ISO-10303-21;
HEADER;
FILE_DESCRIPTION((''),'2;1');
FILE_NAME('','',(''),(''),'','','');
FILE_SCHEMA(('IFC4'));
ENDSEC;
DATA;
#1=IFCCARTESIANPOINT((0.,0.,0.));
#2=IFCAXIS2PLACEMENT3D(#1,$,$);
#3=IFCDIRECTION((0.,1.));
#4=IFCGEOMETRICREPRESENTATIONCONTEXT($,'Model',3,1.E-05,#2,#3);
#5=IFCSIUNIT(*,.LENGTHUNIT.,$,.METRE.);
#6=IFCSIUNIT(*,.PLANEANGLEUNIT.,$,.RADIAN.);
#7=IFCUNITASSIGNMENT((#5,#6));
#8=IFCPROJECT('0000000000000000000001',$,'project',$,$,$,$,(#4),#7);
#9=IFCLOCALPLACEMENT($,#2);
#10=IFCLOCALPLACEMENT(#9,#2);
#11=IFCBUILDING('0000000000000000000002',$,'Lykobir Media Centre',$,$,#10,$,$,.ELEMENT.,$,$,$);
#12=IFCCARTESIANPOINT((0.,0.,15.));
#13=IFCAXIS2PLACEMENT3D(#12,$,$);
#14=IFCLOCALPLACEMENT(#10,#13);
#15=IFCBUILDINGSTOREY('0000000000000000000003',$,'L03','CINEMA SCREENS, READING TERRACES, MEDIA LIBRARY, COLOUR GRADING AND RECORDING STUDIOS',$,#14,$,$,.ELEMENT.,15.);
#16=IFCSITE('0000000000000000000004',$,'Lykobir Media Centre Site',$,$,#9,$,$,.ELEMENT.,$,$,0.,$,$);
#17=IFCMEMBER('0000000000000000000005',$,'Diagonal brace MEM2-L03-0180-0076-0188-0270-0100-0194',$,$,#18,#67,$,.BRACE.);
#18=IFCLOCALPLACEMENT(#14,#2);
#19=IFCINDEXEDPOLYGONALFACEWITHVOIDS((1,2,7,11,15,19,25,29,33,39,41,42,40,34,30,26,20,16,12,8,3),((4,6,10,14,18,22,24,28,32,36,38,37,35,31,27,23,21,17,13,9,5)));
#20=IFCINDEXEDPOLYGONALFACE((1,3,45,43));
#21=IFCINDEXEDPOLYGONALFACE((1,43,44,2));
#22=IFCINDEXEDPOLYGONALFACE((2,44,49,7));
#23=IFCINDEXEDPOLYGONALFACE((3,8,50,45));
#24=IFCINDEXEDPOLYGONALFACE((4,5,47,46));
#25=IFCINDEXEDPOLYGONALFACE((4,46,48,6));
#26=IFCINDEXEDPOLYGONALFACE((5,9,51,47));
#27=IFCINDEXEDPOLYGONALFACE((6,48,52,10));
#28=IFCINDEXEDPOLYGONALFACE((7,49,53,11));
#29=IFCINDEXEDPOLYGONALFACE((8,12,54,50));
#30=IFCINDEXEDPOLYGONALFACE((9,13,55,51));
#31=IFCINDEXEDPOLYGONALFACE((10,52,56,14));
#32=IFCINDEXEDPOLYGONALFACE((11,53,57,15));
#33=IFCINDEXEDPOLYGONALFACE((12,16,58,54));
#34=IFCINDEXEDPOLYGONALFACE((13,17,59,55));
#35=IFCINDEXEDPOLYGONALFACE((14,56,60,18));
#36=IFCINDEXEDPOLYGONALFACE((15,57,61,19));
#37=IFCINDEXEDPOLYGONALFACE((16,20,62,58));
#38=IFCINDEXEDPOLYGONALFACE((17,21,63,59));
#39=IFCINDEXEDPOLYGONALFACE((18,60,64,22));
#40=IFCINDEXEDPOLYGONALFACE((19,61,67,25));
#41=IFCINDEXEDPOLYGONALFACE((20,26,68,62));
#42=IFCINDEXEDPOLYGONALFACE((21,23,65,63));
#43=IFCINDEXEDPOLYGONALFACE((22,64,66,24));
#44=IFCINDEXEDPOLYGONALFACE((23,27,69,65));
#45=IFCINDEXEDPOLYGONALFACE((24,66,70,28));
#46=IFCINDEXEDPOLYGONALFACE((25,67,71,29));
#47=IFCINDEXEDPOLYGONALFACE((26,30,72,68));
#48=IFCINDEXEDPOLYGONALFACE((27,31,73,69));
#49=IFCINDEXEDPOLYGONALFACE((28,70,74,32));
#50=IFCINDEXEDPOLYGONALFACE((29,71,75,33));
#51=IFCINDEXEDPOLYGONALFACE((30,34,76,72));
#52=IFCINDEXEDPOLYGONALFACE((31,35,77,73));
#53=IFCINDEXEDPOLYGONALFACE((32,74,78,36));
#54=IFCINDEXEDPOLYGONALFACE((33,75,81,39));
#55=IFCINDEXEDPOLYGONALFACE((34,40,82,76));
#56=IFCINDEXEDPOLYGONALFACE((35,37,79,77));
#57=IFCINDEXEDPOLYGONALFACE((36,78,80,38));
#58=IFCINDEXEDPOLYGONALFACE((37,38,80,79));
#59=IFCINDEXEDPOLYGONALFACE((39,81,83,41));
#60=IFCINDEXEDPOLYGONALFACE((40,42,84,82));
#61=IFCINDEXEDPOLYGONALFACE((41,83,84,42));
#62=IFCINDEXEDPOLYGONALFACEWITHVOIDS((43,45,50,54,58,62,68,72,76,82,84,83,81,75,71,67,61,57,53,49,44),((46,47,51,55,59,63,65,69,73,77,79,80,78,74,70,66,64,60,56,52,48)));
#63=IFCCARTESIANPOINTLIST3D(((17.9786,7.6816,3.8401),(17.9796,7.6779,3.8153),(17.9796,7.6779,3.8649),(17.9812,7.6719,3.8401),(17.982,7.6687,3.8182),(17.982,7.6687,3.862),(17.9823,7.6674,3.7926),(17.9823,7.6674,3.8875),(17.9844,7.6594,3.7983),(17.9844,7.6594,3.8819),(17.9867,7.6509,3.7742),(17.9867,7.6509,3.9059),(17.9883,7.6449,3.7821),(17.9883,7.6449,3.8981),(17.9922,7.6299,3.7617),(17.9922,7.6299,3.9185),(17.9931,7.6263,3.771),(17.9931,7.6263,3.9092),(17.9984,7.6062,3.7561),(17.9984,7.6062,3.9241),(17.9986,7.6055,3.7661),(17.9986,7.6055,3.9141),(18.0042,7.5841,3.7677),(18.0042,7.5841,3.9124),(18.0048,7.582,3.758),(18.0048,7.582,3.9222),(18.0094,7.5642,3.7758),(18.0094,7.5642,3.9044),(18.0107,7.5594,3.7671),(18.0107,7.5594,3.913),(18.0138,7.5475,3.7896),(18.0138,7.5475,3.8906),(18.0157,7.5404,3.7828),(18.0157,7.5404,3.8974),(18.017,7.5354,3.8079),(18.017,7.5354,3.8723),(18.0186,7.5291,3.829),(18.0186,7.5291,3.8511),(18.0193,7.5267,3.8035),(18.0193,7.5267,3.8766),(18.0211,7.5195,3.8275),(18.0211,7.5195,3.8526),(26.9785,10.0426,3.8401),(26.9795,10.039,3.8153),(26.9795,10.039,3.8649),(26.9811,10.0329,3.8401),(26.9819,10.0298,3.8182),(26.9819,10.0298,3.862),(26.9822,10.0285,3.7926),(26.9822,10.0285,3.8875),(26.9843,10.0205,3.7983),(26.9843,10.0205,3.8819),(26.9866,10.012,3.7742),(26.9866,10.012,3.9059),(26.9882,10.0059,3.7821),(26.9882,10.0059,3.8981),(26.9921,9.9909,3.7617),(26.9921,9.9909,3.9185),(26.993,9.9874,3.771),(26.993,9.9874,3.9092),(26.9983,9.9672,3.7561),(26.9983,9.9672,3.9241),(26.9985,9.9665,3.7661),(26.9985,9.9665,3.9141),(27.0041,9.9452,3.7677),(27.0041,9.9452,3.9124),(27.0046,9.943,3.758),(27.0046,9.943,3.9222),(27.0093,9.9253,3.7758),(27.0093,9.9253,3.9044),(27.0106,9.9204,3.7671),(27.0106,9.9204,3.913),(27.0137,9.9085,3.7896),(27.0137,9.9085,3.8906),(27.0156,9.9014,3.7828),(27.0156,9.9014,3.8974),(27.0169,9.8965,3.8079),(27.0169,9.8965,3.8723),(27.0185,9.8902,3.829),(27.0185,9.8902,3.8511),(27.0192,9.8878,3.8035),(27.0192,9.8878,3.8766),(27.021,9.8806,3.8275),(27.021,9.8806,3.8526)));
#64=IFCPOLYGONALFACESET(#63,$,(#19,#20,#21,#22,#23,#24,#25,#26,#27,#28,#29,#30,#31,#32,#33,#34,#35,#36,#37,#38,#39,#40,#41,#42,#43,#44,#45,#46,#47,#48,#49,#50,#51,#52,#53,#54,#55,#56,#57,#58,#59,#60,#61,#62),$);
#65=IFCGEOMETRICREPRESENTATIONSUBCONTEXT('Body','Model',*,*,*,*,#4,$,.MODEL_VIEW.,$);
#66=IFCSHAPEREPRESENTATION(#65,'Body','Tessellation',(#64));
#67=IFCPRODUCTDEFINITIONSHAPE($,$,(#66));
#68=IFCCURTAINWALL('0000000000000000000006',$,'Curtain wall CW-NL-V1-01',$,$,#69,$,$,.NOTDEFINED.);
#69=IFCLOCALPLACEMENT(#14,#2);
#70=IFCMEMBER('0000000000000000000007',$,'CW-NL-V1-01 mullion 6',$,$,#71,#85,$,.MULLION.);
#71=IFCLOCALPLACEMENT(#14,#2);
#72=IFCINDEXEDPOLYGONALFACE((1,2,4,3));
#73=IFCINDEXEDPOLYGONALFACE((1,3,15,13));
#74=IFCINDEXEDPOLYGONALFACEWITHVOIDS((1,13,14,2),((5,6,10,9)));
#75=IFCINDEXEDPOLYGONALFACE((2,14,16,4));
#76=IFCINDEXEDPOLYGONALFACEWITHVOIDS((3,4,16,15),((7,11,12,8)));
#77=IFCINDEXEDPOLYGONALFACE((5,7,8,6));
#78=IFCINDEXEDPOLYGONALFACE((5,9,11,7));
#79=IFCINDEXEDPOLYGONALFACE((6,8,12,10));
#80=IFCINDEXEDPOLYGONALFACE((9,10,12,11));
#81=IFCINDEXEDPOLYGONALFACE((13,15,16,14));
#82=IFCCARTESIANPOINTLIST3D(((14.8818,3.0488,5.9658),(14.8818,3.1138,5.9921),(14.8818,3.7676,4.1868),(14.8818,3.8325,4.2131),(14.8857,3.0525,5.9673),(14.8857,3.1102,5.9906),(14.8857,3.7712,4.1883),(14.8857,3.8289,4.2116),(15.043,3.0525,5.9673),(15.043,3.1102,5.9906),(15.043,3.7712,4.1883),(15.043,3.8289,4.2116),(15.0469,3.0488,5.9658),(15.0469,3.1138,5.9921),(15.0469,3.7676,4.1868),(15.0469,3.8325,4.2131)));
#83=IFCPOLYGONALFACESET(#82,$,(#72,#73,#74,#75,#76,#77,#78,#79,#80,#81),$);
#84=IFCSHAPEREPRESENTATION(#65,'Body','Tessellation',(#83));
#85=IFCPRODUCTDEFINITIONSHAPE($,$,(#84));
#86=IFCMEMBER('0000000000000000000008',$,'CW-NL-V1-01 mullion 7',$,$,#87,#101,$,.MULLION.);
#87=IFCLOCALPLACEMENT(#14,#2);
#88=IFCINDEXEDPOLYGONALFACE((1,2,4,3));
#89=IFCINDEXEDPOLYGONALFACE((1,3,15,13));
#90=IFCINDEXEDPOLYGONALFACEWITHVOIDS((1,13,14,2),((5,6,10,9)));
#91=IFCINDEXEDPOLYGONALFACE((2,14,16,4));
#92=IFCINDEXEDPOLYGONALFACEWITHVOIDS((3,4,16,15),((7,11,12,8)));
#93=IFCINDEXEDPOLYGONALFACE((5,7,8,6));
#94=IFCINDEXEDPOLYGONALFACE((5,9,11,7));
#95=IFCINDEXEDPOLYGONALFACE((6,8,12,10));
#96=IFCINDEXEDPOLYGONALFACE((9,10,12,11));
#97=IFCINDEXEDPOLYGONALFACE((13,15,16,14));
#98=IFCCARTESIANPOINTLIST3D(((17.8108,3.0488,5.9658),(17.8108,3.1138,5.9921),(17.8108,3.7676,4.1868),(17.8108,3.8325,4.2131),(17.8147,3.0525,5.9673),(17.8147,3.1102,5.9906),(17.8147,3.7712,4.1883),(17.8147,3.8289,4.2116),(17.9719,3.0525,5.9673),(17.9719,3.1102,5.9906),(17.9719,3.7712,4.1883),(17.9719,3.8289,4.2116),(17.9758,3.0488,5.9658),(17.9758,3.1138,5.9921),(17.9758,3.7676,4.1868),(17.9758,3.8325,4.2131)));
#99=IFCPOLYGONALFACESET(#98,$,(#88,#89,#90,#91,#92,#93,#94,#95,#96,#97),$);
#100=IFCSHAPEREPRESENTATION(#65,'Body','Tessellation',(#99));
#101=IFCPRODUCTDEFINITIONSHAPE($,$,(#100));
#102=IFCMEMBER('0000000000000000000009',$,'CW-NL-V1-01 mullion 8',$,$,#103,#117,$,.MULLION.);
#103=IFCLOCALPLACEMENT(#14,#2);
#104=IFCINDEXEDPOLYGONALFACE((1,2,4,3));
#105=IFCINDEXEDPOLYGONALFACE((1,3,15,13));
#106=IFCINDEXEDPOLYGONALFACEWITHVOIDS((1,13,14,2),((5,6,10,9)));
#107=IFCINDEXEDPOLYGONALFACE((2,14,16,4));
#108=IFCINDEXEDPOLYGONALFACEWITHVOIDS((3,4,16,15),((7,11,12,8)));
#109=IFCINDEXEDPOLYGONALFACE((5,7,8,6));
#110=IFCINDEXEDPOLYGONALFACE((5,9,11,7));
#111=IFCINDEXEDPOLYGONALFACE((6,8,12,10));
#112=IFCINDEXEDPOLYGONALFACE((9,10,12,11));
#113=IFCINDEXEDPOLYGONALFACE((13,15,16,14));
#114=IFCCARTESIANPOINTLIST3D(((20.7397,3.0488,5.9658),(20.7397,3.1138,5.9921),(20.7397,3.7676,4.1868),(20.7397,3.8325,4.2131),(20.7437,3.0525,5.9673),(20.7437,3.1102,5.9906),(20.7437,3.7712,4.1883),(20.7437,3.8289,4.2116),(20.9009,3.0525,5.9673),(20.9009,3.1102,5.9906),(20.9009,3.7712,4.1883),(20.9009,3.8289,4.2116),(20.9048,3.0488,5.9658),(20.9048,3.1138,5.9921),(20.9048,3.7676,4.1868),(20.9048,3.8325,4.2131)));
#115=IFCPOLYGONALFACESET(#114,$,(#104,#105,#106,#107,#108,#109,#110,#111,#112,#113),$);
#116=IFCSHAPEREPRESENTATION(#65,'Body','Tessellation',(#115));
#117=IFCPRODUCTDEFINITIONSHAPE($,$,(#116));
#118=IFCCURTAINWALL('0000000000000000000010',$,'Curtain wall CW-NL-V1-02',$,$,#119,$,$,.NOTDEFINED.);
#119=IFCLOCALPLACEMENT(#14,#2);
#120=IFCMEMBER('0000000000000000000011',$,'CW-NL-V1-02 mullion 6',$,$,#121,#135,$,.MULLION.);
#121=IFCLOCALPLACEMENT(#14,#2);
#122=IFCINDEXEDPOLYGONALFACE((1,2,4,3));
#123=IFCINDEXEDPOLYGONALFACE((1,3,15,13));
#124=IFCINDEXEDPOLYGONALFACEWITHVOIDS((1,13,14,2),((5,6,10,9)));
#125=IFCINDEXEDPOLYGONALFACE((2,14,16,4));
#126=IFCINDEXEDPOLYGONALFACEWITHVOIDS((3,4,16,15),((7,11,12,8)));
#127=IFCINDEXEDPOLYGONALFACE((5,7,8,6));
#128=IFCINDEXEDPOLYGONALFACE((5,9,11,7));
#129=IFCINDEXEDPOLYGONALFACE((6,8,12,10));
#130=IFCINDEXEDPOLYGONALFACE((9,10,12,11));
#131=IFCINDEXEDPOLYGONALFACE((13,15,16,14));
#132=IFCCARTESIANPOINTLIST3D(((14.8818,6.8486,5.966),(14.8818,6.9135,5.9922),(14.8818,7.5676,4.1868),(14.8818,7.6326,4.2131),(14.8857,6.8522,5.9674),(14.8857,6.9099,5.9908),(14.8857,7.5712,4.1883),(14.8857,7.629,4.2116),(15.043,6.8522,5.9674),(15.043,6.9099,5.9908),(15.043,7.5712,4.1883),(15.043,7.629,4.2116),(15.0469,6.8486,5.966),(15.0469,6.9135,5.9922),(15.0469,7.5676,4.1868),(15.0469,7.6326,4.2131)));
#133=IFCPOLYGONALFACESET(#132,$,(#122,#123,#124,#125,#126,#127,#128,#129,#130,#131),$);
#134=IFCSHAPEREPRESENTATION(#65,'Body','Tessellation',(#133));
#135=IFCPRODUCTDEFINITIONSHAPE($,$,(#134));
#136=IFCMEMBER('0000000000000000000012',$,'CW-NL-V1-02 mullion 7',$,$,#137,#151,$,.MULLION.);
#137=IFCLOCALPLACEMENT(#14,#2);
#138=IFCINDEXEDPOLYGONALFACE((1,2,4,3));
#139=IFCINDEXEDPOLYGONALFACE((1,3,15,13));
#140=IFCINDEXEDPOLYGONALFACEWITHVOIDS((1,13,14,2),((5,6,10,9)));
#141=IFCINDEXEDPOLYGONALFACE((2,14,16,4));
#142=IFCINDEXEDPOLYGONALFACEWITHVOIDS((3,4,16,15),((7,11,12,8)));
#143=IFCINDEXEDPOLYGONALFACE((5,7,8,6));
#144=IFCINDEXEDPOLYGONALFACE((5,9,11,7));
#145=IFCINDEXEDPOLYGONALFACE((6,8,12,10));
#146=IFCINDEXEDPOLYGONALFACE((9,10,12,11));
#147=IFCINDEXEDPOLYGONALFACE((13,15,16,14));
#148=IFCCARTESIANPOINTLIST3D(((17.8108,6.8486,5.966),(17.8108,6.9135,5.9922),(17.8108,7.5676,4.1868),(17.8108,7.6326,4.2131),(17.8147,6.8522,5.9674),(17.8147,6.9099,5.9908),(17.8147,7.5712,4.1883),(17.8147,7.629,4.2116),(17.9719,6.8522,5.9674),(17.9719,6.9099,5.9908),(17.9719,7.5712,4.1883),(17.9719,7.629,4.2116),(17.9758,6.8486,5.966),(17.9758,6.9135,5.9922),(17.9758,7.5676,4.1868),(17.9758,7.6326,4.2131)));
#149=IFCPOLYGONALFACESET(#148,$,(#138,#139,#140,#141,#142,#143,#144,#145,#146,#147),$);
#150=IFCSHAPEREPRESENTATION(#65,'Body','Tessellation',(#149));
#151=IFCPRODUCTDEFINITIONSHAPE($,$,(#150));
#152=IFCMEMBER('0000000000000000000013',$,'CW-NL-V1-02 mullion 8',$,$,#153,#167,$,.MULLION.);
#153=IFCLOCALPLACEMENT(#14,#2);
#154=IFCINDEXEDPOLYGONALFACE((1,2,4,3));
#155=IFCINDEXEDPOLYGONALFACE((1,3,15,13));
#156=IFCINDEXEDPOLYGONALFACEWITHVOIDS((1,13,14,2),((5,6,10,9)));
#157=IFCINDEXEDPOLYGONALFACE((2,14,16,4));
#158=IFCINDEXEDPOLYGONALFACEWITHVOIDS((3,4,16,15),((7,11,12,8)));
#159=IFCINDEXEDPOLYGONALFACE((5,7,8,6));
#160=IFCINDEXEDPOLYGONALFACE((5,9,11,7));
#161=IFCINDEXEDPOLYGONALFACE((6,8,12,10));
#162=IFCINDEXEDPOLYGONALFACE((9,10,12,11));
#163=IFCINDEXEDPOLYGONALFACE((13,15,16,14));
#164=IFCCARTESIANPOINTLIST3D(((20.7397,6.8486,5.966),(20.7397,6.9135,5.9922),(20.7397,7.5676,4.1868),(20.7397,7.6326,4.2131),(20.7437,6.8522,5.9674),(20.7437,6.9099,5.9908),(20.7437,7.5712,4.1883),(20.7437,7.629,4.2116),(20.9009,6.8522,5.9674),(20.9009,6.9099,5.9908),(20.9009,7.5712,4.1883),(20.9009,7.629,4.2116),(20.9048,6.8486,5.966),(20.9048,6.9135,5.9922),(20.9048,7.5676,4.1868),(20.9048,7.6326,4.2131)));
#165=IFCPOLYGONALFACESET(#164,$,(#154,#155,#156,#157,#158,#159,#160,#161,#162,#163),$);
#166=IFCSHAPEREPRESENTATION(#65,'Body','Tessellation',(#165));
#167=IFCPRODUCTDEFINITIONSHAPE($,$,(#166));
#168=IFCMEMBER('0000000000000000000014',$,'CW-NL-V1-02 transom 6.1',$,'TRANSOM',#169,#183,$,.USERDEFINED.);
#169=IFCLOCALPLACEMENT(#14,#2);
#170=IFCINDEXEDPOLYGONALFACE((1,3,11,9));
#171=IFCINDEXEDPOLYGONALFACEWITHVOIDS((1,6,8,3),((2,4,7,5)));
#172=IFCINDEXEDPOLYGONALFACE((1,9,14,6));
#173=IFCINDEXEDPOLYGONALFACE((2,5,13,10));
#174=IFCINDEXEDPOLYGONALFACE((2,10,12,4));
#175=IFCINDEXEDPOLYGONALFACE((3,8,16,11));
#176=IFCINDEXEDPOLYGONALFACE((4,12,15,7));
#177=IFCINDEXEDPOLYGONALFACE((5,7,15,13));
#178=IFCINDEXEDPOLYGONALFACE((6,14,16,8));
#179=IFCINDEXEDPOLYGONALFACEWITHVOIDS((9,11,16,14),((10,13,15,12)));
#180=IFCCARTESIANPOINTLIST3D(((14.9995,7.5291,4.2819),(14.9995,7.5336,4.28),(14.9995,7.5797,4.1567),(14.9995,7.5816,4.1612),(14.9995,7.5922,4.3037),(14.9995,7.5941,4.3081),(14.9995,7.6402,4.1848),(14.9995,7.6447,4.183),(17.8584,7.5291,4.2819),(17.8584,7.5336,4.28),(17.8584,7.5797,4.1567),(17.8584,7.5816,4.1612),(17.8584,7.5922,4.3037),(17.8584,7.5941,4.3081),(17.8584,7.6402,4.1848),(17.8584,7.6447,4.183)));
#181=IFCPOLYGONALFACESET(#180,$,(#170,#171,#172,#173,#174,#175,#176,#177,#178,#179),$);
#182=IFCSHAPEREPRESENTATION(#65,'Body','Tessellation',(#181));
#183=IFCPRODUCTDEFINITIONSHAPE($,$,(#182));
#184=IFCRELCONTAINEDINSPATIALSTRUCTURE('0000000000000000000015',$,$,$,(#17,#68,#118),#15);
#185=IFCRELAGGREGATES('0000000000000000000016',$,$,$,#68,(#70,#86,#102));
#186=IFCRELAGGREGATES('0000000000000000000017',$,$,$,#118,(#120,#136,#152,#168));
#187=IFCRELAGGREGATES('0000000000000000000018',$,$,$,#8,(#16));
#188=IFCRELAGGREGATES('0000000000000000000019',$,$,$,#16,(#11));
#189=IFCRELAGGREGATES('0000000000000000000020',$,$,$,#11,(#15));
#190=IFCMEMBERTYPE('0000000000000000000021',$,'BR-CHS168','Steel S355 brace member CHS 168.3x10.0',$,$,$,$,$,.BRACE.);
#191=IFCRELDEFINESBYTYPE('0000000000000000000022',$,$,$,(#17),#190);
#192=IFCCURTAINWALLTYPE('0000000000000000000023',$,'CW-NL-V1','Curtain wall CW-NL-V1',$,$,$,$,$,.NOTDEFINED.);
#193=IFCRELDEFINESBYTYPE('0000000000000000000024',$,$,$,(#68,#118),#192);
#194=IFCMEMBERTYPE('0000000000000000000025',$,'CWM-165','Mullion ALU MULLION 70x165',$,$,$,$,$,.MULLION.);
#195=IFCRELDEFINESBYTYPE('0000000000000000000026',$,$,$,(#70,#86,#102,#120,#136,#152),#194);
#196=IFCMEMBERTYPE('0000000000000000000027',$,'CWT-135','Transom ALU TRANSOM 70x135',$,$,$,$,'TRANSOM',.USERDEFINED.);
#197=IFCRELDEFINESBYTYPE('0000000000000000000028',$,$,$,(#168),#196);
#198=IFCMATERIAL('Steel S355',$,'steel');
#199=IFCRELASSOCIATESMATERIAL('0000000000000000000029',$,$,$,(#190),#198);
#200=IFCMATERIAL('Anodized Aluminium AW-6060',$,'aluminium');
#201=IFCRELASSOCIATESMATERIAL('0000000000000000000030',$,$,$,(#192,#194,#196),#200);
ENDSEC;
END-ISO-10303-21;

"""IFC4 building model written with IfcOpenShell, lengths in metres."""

from ifc_helpers import new_model, si_unit, direction, frame, origin, origin_2d, place, context, subcontext, project, spatial, hollow_rectangle, hollow_circle, extrude, material, material_profile, profile_set, type_object, element, aggregate, save


model = new_model("IFC4")

# Units and contexts
model_context = context("Model", 3, precision=1e-05, world=origin(), true_north=direction((0.0, 1.0)))
body_context = subcontext(model_context, "Body", "Model", "MODEL_VIEW")
ifc_project = project(units=[si_unit("LENGTHUNIT", "METRE"), si_unit("PLANEANGLEUNIT", "RADIAN")], contexts=[model_context])

# Site, building, storey
site_placement = place(None, origin())
site = spatial("IfcSite", under=ifc_project, at=site_placement, Name="Lykobir Media Centre Site", CompositionType="ELEMENT", RefElevation=0.0)
building_placement = place(site_placement, origin())
building = spatial("IfcBuilding", under=site, at=building_placement, Name="Lykobir Media Centre", CompositionType="ELEMENT")
storey_placement = place(building_placement, frame((0.0, 0.0, 15.0)))
storey = spatial("IfcBuildingStorey", under=building, at=storey_placement, Name="L03", Description="CINEMA SCREENS, READING TERRACES, MEDIA LIBRARY, COLOUR GRADING AND RECORDING STUDIOS", CompositionType="ELEMENT", Elevation=15.0)

# Member
ifc_material_1 = material(Name="Steel S355", Category="steel")
ifc_material_profile_1 = material_profile(ifc_material_1, hollow_circle(Radius=0.0842, WallThickness=0.01, at=origin_2d()), Name="CHS 168.3x10.0")
ifc_profile_set_1 = profile_set([ifc_material_profile_1], Name="Steel S355")
member_type_1 = type_object("IfcMemberType", Name="BR-CHS168", Description="Steel S355 brace member CHS 168.3x10.0", PredefinedType="BRACE", material=ifc_profile_set_1)
member_1_placement = place(storey_placement, frame((18.0, 7.6001, 3.8401), z_axis=(0.967268, 0.253756, 0.0), x_axis=(-0.253756, 0.967268, 0.0)))
element("IfcMember", 1, at=member_1_placement, inside=storey, type_object=member_type_1, Name="Diagonal brace MEM2-L03-0180-0076-0188-0270-0100-0194", PredefinedType="BRACE", context=body_context, shape_type="SweptSolid", body=[
    extrude(hollow_circle(Radius=0.0842, WallThickness=0.01, at=origin_2d()), origin(), (0.0, 0.0, 1.0), 9.3044),
])

# Curtain wall, members
ifc_material_2 = material(Name="Anodized Aluminium AW-6060", Category="aluminium")
curtain_wall_type = type_object("IfcCurtainWallType", Name="CW-NL-V1", Description="Curtain wall CW-NL-V1", PredefinedType="NOTDEFINED", material=ifc_material_2)
curtain_wall_1_placement = place(storey_placement, origin())
curtain_wall_1 = element("IfcCurtainWall", 2, at=curtain_wall_1_placement, inside=storey, type_object=curtain_wall_type, Name="Curtain wall CW-NL-V1-01", PredefinedType="NOTDEFINED")
ifc_material_profile_2 = material_profile(ifc_material_2, hollow_rectangle(XDim=0.0701, YDim=0.165, WallThickness=0.0039, at=origin_2d()), Name="ALU MULLION 70x165")
ifc_profile_set_2 = profile_set([ifc_material_profile_2], Name="Anodized Aluminium AW-6060")
member_type_2 = type_object("IfcMemberType", Name="CWM-165", Description="Mullion ALU MULLION 70x165", PredefinedType="MULLION", material=ifc_profile_set_2)
member_2_placement = place(storey_placement, frame((14.9644, 3.8, 4.2), z_axis=(0.0, -0.374591, 0.92719), x_axis=(0.0, 0.92719, 0.374591)))
member_2 = element("IfcMember", 3, at=member_2_placement, type_object=member_type_2, Name="CW-NL-V1-01 mullion 6", PredefinedType="MULLION", context=body_context, shape_type="SweptSolid", body=[
    extrude(hollow_rectangle(XDim=0.0701, YDim=0.165, WallThickness=0.0039, at=origin_2d()), origin(), (0.0, 0.0, 1.0), 1.9187),
])
member_3_placement = place(storey_placement, frame((17.8933, 3.8, 4.2), z_axis=(0.0, -0.374591, 0.92719), x_axis=(0.0, 0.92719, 0.374591)))
member_3 = element("IfcMember", 4, at=member_3_placement, type_object=member_type_2, Name="CW-NL-V1-01 mullion 7", PredefinedType="MULLION", context=body_context, shape_type="SweptSolid", body=[
    extrude(hollow_rectangle(XDim=0.0701, YDim=0.165, WallThickness=0.0039, at=origin_2d()), origin(), (0.0, 0.0, 1.0), 1.9187),
])
member_4_placement = place(storey_placement, frame((20.8223, 3.8, 4.2), z_axis=(0.0, -0.374591, 0.92719), x_axis=(0.0, 0.92719, 0.374591)))
member_4 = element("IfcMember", 5, at=member_4_placement, type_object=member_type_2, Name="CW-NL-V1-01 mullion 8", PredefinedType="MULLION", context=body_context, shape_type="SweptSolid", body=[
    extrude(hollow_rectangle(XDim=0.0701, YDim=0.165, WallThickness=0.0039, at=origin_2d()), origin(), (0.0, 0.0, 1.0), 1.9187),
])
aggregate(curtain_wall_1, [member_2, member_3, member_4])

# Curtain wall, members
curtain_wall_2_placement = place(storey_placement, origin())
curtain_wall_2 = element("IfcCurtainWall", 6, at=curtain_wall_2_placement, inside=storey, type_object=curtain_wall_type, Name="Curtain wall CW-NL-V1-02", PredefinedType="NOTDEFINED")
member_5_placement = place(storey_placement, frame((14.9644, 7.6001, 4.2), z_axis=(0.0, -0.374701, 0.927146), x_axis=(0.0, 0.927146, 0.374701)))
member_5 = element("IfcMember", 7, at=member_5_placement, type_object=member_type_2, Name="CW-NL-V1-02 mullion 6", PredefinedType="MULLION", context=body_context, shape_type="SweptSolid", body=[
    extrude(hollow_rectangle(XDim=0.0701, YDim=0.165, WallThickness=0.0039, at=origin_2d()), origin(), (0.0, 0.0, 1.0), 1.9189),
])
member_6_placement = place(storey_placement, frame((17.8933, 7.6001, 4.2), z_axis=(0.0, -0.374701, 0.927146), x_axis=(0.0, 0.927146, 0.374701)))
member_6 = element("IfcMember", 8, at=member_6_placement, type_object=member_type_2, Name="CW-NL-V1-02 mullion 7", PredefinedType="MULLION", context=body_context, shape_type="SweptSolid", body=[
    extrude(hollow_rectangle(XDim=0.0701, YDim=0.165, WallThickness=0.0039, at=origin_2d()), origin(), (0.0, 0.0, 1.0), 1.9189),
])
member_7_placement = place(storey_placement, frame((20.8223, 7.6001, 4.2), z_axis=(0.0, -0.374701, 0.927146), x_axis=(0.0, 0.927146, 0.374701)))
member_7 = element("IfcMember", 9, at=member_7_placement, type_object=member_type_2, Name="CW-NL-V1-02 mullion 8", PredefinedType="MULLION", context=body_context, shape_type="SweptSolid", body=[
    extrude(hollow_rectangle(XDim=0.0701, YDim=0.165, WallThickness=0.0039, at=origin_2d()), origin(), (0.0, 0.0, 1.0), 1.9189),
])
ifc_material_profile_3 = material_profile(ifc_material_2, hollow_rectangle(XDim=0.0701, YDim=0.135, WallThickness=0.0034, at=origin_2d()), Name="ALU TRANSOM 70x135")
ifc_profile_set_3 = profile_set([ifc_material_profile_3], Name="Anodized Aluminium AW-6060")
member_type_3 = type_object("IfcMemberType", Name="CWT-135", Description="Transom ALU TRANSOM 70x135", ElementType="TRANSOM", PredefinedType="USERDEFINED", material=ifc_profile_set_3)
member_8_placement = place(storey_placement, frame((14.9995, 7.5869, 4.2324), z_axis=(1.0, 0.0, 0.0), x_axis=(0.0, 0.927184, 0.374607)))
member_8 = element("IfcMember", 10, at=member_8_placement, type_object=member_type_3, Name="CW-NL-V1-02 transom 6.1", ObjectType="TRANSOM", PredefinedType="USERDEFINED", context=body_context, shape_type="SweptSolid", body=[
    extrude(hollow_rectangle(XDim=0.0701, YDim=0.135, WallThickness=0.0034, at=origin_2d()), origin(), (0.0, 0.0, 1.0), 2.8589),
])
aggregate(curtain_wall_2, [member_5, member_6, member_7, member_8])

save(model, "model.ifc")
